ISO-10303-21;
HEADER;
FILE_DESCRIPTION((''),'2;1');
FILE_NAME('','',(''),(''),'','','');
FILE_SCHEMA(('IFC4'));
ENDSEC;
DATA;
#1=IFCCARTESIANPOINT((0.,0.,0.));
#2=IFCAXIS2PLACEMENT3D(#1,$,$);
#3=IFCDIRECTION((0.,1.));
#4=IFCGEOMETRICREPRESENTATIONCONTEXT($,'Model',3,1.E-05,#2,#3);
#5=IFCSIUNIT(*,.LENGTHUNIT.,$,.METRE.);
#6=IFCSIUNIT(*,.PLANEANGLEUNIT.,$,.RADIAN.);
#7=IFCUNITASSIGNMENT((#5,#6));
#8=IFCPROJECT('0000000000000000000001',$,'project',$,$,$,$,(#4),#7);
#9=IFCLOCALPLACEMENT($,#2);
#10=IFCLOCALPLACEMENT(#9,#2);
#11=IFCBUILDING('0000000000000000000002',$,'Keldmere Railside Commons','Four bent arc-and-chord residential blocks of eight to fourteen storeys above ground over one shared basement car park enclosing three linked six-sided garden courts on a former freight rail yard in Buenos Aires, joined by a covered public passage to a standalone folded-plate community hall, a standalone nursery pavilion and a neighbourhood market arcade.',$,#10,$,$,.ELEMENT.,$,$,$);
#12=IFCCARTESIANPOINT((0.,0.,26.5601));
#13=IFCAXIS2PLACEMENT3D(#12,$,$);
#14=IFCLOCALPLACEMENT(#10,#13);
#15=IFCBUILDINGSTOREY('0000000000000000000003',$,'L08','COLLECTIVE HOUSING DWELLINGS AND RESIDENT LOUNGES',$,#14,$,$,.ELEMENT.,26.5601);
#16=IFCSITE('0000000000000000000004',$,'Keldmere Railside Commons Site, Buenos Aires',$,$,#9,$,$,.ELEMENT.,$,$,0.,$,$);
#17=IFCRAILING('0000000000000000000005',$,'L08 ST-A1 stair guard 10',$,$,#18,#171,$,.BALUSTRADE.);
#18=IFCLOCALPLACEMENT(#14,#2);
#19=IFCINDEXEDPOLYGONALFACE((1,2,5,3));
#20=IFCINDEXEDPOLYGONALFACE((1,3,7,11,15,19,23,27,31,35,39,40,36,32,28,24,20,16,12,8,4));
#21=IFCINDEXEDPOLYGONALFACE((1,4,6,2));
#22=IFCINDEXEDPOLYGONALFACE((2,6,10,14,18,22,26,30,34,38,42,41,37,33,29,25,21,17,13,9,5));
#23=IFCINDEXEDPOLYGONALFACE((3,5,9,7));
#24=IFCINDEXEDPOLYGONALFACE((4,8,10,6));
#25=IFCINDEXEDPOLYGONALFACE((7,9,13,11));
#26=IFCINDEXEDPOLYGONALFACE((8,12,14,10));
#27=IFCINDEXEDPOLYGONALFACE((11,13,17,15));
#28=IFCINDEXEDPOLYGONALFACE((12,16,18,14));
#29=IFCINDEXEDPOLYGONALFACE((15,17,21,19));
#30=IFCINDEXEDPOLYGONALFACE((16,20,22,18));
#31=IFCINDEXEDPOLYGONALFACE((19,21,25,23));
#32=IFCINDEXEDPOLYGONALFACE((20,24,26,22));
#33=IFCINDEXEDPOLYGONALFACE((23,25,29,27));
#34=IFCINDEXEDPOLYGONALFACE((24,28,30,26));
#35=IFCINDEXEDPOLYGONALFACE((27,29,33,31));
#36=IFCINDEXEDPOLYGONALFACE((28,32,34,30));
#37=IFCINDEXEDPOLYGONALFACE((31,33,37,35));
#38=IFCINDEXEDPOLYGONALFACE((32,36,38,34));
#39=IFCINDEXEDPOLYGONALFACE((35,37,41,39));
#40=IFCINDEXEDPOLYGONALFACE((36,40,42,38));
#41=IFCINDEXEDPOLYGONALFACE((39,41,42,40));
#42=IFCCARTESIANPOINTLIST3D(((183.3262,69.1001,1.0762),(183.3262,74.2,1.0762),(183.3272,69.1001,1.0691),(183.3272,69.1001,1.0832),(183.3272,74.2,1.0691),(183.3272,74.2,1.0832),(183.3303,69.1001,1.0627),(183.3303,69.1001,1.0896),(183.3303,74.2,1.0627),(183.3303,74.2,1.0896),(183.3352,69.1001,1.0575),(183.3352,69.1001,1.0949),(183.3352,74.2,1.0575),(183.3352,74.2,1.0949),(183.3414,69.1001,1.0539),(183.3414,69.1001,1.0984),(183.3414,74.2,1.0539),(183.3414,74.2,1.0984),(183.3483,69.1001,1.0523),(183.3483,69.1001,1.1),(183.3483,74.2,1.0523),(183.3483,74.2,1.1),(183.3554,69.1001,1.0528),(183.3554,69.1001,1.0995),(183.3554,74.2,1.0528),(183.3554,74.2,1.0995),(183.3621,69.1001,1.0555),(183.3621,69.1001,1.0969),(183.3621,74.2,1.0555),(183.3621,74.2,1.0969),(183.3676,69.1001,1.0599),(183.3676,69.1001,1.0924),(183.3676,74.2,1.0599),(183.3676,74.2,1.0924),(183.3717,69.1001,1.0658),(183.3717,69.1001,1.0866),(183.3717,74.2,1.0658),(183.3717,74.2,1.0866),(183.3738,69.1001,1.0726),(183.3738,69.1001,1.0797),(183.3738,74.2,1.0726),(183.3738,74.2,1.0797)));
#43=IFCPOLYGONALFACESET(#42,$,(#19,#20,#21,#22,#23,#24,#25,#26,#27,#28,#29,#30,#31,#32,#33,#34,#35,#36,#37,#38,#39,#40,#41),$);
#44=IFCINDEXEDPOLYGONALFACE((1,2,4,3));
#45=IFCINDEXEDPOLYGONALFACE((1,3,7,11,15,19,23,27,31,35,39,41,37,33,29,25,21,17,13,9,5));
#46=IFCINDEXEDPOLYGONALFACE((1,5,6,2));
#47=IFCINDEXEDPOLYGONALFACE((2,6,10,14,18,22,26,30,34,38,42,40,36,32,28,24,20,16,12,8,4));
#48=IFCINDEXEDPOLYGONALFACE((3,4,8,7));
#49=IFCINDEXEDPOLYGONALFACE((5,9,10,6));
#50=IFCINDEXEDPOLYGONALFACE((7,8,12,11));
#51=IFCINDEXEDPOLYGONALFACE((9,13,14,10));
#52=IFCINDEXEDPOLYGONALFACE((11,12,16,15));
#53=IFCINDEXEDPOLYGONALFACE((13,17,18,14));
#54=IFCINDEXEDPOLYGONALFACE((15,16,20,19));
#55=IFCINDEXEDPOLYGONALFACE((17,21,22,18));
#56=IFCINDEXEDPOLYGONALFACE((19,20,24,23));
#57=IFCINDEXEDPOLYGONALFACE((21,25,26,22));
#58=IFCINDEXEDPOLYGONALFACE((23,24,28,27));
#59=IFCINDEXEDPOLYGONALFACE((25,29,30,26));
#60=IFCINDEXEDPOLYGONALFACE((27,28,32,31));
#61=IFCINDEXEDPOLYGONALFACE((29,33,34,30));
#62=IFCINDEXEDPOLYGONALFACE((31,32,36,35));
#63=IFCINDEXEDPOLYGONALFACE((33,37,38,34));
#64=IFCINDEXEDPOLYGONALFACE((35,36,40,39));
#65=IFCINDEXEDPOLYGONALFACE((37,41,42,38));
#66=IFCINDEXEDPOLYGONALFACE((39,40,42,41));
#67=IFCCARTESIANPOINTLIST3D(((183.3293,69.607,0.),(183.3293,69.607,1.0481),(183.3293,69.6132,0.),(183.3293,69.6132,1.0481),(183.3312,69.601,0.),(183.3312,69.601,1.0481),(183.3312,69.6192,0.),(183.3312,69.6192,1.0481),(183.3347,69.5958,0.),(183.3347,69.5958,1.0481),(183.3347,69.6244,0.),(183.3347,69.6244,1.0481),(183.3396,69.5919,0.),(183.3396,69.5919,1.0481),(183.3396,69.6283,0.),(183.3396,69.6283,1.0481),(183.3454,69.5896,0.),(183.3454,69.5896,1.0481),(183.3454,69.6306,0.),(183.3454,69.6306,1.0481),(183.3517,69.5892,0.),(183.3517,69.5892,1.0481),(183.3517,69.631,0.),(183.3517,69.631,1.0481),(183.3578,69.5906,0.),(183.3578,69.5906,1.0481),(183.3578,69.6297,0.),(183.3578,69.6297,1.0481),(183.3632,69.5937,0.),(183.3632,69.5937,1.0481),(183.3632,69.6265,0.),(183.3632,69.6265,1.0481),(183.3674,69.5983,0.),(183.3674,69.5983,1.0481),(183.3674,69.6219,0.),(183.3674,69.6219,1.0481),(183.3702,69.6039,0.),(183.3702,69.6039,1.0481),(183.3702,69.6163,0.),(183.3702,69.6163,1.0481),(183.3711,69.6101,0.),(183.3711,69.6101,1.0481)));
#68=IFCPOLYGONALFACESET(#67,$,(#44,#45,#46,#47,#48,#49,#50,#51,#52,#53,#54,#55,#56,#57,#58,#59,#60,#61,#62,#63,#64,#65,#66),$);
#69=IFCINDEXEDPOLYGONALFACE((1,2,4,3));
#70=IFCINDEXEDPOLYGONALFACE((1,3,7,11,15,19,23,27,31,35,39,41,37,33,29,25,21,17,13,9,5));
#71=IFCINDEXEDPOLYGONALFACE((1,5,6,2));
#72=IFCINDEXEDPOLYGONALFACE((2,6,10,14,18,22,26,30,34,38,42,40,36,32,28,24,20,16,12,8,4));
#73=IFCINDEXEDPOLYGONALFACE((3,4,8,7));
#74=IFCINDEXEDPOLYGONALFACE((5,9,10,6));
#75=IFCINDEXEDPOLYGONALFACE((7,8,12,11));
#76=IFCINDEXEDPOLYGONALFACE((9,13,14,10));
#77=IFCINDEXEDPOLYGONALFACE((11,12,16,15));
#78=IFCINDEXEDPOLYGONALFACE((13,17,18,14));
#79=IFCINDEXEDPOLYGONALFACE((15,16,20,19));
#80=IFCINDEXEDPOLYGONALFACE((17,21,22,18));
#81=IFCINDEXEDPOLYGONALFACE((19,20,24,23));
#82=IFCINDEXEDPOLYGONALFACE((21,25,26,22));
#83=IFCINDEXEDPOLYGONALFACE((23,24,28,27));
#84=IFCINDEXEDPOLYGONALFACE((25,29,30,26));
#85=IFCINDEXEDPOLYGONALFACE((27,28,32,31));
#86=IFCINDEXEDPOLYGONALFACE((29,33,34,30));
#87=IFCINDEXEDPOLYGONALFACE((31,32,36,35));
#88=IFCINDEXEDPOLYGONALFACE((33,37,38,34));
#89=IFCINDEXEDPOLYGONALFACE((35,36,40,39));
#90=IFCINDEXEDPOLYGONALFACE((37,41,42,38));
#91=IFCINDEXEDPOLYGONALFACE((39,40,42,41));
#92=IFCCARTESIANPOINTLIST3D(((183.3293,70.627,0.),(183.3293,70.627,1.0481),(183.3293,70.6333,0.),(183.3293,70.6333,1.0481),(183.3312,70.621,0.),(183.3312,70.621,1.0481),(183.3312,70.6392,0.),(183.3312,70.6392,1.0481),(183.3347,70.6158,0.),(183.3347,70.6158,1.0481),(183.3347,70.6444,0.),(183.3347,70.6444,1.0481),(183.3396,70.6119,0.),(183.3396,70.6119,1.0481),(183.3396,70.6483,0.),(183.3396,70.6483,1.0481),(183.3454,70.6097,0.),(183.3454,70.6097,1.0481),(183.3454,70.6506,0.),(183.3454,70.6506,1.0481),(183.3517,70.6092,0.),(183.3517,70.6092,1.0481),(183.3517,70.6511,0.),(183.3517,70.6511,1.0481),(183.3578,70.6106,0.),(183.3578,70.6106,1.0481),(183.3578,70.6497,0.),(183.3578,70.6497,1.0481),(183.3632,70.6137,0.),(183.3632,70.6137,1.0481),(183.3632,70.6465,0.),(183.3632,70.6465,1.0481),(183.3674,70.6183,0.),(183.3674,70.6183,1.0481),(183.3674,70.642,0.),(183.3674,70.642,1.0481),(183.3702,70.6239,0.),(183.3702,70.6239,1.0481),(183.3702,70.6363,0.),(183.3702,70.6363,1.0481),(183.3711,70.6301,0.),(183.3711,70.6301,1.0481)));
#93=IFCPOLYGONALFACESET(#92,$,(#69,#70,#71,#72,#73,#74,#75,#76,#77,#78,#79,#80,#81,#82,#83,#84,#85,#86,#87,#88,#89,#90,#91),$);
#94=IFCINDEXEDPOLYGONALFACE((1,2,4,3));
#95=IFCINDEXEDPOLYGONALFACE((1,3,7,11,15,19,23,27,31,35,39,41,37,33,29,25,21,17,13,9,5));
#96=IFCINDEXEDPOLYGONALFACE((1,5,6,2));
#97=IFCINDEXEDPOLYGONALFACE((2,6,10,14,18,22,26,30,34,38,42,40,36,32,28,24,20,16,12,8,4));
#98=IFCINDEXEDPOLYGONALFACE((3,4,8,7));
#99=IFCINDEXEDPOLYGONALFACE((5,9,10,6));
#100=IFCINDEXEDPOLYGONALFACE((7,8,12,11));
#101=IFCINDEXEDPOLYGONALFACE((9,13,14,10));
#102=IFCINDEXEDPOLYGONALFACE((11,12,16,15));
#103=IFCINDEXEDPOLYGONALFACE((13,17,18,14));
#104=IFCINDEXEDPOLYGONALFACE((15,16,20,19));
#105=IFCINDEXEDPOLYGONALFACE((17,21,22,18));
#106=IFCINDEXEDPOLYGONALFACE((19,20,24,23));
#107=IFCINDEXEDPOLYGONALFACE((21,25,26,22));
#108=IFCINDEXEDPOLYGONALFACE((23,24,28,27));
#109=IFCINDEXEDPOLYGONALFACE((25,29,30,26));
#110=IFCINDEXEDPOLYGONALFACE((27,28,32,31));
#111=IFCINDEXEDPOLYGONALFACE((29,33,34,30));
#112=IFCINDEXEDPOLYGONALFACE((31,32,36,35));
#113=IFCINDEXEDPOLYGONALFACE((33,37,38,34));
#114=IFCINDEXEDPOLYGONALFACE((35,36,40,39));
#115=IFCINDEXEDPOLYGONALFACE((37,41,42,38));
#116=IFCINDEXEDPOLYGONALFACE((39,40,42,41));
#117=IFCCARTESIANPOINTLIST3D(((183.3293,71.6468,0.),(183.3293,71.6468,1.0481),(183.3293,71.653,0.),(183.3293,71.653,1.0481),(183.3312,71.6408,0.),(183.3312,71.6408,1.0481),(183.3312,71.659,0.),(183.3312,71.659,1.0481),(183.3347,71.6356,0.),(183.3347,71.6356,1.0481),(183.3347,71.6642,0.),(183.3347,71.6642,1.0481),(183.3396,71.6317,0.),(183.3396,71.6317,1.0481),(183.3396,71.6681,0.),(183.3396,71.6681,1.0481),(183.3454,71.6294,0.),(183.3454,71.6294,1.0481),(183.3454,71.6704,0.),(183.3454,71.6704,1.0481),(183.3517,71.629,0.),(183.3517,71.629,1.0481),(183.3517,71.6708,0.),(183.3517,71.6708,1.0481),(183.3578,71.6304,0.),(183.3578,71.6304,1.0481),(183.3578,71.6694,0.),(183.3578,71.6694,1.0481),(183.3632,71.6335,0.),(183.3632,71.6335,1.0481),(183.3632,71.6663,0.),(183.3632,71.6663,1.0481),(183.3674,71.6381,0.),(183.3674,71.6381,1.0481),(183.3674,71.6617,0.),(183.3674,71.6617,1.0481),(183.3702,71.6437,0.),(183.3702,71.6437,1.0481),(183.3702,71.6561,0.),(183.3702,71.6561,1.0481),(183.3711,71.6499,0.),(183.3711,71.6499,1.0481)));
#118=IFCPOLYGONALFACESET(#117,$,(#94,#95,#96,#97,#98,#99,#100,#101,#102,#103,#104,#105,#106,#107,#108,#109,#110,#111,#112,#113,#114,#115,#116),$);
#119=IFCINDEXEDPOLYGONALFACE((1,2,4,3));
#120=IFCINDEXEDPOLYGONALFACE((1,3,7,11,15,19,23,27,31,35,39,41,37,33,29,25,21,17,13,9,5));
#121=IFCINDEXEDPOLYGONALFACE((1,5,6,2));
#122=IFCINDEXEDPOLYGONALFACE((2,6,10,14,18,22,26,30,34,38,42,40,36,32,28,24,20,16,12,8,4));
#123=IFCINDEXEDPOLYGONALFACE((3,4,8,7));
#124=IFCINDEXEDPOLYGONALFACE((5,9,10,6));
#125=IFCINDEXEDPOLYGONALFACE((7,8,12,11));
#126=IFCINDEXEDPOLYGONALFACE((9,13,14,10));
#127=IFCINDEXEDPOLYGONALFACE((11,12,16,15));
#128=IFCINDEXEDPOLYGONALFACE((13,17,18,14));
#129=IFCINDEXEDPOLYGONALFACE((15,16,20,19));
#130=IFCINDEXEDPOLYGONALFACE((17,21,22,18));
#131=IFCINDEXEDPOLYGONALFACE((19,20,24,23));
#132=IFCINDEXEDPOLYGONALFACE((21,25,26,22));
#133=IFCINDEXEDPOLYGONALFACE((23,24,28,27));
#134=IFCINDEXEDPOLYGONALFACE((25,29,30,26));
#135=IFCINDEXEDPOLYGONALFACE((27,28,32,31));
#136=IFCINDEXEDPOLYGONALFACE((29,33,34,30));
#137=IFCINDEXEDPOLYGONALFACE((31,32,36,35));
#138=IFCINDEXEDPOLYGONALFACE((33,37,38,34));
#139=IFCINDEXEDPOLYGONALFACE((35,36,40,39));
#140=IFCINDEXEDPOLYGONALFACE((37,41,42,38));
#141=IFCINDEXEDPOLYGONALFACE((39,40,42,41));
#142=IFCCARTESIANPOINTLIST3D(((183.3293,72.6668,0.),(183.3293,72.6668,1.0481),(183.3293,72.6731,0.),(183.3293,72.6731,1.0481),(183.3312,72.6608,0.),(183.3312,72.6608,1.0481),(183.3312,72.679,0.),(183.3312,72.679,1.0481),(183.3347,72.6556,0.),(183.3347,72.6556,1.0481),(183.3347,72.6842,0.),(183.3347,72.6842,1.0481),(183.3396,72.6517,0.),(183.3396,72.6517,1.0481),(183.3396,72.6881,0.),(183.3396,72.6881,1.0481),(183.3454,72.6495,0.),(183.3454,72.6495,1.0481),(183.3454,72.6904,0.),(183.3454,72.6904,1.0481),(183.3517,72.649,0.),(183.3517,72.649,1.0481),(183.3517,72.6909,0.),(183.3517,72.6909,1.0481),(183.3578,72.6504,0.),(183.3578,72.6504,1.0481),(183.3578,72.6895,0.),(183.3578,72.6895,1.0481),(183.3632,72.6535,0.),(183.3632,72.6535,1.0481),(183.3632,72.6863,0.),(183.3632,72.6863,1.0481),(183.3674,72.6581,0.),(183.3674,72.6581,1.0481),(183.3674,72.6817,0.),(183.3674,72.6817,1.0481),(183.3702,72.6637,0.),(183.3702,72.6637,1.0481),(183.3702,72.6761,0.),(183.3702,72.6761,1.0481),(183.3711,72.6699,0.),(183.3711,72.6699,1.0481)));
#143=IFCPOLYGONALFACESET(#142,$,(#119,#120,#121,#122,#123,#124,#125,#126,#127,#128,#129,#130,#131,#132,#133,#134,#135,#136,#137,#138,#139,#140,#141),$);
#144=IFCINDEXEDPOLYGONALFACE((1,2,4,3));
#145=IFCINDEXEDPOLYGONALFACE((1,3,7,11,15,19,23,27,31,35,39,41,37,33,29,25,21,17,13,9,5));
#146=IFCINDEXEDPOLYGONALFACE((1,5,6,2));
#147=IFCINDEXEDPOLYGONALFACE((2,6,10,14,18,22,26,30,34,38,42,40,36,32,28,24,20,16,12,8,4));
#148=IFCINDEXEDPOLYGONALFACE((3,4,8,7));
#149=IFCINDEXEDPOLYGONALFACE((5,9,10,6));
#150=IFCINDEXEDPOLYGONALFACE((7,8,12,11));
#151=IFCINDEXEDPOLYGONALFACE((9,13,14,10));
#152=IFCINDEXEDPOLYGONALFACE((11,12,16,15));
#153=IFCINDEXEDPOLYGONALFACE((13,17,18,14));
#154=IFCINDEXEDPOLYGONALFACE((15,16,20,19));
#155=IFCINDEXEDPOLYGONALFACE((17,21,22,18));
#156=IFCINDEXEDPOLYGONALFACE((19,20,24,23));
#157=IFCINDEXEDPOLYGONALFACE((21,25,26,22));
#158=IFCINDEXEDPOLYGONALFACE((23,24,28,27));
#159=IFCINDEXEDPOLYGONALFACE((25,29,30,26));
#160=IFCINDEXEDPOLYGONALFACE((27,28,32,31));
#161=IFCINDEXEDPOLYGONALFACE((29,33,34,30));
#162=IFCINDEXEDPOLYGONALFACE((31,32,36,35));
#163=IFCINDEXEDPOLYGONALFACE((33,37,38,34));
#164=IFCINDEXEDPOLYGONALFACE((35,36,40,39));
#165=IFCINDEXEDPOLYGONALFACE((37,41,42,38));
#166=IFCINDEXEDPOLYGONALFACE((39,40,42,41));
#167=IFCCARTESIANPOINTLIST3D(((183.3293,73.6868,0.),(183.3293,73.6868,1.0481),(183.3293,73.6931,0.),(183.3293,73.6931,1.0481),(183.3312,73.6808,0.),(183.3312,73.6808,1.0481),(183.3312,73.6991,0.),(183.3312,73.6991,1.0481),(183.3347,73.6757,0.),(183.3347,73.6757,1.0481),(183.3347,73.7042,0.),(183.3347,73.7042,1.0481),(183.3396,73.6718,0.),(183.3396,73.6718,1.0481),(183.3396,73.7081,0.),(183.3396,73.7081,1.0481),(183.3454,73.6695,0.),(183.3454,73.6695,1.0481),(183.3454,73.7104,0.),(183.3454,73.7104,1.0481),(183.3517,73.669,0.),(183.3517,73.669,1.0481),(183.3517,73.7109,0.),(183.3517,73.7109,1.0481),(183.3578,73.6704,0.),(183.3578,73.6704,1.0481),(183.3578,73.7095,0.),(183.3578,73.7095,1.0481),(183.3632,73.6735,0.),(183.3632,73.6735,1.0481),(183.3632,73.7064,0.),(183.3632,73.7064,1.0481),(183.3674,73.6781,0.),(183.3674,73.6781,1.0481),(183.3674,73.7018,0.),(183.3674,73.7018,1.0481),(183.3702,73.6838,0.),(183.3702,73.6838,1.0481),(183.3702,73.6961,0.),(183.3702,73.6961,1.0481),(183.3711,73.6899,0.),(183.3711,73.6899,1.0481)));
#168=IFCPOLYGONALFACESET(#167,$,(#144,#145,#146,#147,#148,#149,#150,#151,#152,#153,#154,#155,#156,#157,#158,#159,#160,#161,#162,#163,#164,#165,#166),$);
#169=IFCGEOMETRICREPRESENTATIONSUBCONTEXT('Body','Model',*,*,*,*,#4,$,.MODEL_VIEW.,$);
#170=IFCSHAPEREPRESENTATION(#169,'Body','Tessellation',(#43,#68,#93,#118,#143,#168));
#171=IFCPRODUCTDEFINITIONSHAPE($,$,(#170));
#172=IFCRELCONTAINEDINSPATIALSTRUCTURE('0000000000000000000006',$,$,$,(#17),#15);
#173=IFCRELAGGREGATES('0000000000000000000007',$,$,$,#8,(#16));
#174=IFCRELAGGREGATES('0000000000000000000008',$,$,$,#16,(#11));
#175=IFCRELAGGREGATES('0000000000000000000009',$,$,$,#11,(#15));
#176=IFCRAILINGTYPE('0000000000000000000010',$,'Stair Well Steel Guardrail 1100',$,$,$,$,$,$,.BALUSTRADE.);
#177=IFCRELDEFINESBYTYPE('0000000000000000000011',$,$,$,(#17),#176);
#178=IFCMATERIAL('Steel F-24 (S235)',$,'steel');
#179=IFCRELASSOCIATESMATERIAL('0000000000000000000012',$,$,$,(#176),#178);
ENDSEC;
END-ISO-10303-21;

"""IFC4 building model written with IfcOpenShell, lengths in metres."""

from ifc_helpers import new_model, si_unit, direction, frame, origin, origin_2d, place, context, subcontext, project, spatial, circle, extrude, material, type_object, element, save


model = new_model("IFC4")

# Units and contexts
model_context = context("Model", 3, precision=1e-05, world=origin(), true_north=direction((0.0, 1.0)))
body_context = subcontext(model_context, "Body", "Model", "MODEL_VIEW")
ifc_project = project(units=[si_unit("LENGTHUNIT", "METRE"), si_unit("PLANEANGLEUNIT", "RADIAN")], contexts=[model_context])

# Site, building, storey
site_placement = place(None, origin())
site = spatial("IfcSite", under=ifc_project, at=site_placement, Name="Keldmere Railside Commons Site, Buenos Aires", CompositionType="ELEMENT", RefElevation=0.0)
building_placement = place(site_placement, origin())
building = spatial("IfcBuilding", under=site, at=building_placement, Name="Keldmere Railside Commons", Description="Four bent arc-and-chord residential blocks of eight to fourteen storeys above ground over one shared basement car park enclosing three linked six-sided garden courts on a former freight rail yard in Buenos Aires, joined by a covered public passage to a standalone folded-plate community hall, a standalone nursery pavilion and a neighbourhood market arcade.", CompositionType="ELEMENT")
storey_placement = place(building_placement, frame((0.0, 0.0, 26.5601)))
storey = spatial("IfcBuildingStorey", under=building, at=storey_placement, Name="L08", Description="COLLECTIVE HOUSING DWELLINGS AND RESIDENT LOUNGES", CompositionType="ELEMENT", Elevation=26.5601)

# Shared definitions
ifc_material_1 = material(Name="Steel F-24 (S235)", Category="steel")

# Railing
railing_type_1 = type_object("IfcRailingType", Name="Stair Well Steel Guardrail 1100", PredefinedType="BALUSTRADE", material=ifc_material_1)
for number, where, name in (
    (1, (183.3501, 69.1001, 0.0), "L08 ST-A1 stair guard 10"),
):
    element("IfcRailing", number, at=place(storey_placement, frame(where)), inside=storey, type_object=railing_type_1, Name=name, PredefinedType="BALUSTRADE", context=body_context, shape_type="SweptSolid", body=[
        extrude(circle(Radius=0.0239, at=origin_2d()), frame((0.0, 0.0, 1.0762), z_axis=(0.0, 1.0, 0.0), x_axis=(-1.0, 0.0, 0.0)), (0.0, 0.0, 1.0), 5.0999),
        extrude(circle(Radius=0.021, at=origin_2d()), frame((0.0, 0.51, 0.0)), (0.0, 0.0, 1.0), 1.0481),
        extrude(circle(Radius=0.021, at=origin_2d()), frame((0.0, 1.53, 0.0)), (0.0, 0.0, 1.0), 1.0481),
        extrude(circle(Radius=0.021, at=origin_2d()), frame((0.0, 2.5498, 0.0)), (0.0, 0.0, 1.0), 1.0481),
        extrude(circle(Radius=0.021, at=origin_2d()), frame((0.0, 3.5698, 0.0)), (0.0, 0.0, 1.0), 1.0481),
        extrude(circle(Radius=0.021, at=origin_2d()), frame((0.0, 4.5898, 0.0)), (0.0, 0.0, 1.0), 1.0481),
    ])

save(model, "model.ifc")
